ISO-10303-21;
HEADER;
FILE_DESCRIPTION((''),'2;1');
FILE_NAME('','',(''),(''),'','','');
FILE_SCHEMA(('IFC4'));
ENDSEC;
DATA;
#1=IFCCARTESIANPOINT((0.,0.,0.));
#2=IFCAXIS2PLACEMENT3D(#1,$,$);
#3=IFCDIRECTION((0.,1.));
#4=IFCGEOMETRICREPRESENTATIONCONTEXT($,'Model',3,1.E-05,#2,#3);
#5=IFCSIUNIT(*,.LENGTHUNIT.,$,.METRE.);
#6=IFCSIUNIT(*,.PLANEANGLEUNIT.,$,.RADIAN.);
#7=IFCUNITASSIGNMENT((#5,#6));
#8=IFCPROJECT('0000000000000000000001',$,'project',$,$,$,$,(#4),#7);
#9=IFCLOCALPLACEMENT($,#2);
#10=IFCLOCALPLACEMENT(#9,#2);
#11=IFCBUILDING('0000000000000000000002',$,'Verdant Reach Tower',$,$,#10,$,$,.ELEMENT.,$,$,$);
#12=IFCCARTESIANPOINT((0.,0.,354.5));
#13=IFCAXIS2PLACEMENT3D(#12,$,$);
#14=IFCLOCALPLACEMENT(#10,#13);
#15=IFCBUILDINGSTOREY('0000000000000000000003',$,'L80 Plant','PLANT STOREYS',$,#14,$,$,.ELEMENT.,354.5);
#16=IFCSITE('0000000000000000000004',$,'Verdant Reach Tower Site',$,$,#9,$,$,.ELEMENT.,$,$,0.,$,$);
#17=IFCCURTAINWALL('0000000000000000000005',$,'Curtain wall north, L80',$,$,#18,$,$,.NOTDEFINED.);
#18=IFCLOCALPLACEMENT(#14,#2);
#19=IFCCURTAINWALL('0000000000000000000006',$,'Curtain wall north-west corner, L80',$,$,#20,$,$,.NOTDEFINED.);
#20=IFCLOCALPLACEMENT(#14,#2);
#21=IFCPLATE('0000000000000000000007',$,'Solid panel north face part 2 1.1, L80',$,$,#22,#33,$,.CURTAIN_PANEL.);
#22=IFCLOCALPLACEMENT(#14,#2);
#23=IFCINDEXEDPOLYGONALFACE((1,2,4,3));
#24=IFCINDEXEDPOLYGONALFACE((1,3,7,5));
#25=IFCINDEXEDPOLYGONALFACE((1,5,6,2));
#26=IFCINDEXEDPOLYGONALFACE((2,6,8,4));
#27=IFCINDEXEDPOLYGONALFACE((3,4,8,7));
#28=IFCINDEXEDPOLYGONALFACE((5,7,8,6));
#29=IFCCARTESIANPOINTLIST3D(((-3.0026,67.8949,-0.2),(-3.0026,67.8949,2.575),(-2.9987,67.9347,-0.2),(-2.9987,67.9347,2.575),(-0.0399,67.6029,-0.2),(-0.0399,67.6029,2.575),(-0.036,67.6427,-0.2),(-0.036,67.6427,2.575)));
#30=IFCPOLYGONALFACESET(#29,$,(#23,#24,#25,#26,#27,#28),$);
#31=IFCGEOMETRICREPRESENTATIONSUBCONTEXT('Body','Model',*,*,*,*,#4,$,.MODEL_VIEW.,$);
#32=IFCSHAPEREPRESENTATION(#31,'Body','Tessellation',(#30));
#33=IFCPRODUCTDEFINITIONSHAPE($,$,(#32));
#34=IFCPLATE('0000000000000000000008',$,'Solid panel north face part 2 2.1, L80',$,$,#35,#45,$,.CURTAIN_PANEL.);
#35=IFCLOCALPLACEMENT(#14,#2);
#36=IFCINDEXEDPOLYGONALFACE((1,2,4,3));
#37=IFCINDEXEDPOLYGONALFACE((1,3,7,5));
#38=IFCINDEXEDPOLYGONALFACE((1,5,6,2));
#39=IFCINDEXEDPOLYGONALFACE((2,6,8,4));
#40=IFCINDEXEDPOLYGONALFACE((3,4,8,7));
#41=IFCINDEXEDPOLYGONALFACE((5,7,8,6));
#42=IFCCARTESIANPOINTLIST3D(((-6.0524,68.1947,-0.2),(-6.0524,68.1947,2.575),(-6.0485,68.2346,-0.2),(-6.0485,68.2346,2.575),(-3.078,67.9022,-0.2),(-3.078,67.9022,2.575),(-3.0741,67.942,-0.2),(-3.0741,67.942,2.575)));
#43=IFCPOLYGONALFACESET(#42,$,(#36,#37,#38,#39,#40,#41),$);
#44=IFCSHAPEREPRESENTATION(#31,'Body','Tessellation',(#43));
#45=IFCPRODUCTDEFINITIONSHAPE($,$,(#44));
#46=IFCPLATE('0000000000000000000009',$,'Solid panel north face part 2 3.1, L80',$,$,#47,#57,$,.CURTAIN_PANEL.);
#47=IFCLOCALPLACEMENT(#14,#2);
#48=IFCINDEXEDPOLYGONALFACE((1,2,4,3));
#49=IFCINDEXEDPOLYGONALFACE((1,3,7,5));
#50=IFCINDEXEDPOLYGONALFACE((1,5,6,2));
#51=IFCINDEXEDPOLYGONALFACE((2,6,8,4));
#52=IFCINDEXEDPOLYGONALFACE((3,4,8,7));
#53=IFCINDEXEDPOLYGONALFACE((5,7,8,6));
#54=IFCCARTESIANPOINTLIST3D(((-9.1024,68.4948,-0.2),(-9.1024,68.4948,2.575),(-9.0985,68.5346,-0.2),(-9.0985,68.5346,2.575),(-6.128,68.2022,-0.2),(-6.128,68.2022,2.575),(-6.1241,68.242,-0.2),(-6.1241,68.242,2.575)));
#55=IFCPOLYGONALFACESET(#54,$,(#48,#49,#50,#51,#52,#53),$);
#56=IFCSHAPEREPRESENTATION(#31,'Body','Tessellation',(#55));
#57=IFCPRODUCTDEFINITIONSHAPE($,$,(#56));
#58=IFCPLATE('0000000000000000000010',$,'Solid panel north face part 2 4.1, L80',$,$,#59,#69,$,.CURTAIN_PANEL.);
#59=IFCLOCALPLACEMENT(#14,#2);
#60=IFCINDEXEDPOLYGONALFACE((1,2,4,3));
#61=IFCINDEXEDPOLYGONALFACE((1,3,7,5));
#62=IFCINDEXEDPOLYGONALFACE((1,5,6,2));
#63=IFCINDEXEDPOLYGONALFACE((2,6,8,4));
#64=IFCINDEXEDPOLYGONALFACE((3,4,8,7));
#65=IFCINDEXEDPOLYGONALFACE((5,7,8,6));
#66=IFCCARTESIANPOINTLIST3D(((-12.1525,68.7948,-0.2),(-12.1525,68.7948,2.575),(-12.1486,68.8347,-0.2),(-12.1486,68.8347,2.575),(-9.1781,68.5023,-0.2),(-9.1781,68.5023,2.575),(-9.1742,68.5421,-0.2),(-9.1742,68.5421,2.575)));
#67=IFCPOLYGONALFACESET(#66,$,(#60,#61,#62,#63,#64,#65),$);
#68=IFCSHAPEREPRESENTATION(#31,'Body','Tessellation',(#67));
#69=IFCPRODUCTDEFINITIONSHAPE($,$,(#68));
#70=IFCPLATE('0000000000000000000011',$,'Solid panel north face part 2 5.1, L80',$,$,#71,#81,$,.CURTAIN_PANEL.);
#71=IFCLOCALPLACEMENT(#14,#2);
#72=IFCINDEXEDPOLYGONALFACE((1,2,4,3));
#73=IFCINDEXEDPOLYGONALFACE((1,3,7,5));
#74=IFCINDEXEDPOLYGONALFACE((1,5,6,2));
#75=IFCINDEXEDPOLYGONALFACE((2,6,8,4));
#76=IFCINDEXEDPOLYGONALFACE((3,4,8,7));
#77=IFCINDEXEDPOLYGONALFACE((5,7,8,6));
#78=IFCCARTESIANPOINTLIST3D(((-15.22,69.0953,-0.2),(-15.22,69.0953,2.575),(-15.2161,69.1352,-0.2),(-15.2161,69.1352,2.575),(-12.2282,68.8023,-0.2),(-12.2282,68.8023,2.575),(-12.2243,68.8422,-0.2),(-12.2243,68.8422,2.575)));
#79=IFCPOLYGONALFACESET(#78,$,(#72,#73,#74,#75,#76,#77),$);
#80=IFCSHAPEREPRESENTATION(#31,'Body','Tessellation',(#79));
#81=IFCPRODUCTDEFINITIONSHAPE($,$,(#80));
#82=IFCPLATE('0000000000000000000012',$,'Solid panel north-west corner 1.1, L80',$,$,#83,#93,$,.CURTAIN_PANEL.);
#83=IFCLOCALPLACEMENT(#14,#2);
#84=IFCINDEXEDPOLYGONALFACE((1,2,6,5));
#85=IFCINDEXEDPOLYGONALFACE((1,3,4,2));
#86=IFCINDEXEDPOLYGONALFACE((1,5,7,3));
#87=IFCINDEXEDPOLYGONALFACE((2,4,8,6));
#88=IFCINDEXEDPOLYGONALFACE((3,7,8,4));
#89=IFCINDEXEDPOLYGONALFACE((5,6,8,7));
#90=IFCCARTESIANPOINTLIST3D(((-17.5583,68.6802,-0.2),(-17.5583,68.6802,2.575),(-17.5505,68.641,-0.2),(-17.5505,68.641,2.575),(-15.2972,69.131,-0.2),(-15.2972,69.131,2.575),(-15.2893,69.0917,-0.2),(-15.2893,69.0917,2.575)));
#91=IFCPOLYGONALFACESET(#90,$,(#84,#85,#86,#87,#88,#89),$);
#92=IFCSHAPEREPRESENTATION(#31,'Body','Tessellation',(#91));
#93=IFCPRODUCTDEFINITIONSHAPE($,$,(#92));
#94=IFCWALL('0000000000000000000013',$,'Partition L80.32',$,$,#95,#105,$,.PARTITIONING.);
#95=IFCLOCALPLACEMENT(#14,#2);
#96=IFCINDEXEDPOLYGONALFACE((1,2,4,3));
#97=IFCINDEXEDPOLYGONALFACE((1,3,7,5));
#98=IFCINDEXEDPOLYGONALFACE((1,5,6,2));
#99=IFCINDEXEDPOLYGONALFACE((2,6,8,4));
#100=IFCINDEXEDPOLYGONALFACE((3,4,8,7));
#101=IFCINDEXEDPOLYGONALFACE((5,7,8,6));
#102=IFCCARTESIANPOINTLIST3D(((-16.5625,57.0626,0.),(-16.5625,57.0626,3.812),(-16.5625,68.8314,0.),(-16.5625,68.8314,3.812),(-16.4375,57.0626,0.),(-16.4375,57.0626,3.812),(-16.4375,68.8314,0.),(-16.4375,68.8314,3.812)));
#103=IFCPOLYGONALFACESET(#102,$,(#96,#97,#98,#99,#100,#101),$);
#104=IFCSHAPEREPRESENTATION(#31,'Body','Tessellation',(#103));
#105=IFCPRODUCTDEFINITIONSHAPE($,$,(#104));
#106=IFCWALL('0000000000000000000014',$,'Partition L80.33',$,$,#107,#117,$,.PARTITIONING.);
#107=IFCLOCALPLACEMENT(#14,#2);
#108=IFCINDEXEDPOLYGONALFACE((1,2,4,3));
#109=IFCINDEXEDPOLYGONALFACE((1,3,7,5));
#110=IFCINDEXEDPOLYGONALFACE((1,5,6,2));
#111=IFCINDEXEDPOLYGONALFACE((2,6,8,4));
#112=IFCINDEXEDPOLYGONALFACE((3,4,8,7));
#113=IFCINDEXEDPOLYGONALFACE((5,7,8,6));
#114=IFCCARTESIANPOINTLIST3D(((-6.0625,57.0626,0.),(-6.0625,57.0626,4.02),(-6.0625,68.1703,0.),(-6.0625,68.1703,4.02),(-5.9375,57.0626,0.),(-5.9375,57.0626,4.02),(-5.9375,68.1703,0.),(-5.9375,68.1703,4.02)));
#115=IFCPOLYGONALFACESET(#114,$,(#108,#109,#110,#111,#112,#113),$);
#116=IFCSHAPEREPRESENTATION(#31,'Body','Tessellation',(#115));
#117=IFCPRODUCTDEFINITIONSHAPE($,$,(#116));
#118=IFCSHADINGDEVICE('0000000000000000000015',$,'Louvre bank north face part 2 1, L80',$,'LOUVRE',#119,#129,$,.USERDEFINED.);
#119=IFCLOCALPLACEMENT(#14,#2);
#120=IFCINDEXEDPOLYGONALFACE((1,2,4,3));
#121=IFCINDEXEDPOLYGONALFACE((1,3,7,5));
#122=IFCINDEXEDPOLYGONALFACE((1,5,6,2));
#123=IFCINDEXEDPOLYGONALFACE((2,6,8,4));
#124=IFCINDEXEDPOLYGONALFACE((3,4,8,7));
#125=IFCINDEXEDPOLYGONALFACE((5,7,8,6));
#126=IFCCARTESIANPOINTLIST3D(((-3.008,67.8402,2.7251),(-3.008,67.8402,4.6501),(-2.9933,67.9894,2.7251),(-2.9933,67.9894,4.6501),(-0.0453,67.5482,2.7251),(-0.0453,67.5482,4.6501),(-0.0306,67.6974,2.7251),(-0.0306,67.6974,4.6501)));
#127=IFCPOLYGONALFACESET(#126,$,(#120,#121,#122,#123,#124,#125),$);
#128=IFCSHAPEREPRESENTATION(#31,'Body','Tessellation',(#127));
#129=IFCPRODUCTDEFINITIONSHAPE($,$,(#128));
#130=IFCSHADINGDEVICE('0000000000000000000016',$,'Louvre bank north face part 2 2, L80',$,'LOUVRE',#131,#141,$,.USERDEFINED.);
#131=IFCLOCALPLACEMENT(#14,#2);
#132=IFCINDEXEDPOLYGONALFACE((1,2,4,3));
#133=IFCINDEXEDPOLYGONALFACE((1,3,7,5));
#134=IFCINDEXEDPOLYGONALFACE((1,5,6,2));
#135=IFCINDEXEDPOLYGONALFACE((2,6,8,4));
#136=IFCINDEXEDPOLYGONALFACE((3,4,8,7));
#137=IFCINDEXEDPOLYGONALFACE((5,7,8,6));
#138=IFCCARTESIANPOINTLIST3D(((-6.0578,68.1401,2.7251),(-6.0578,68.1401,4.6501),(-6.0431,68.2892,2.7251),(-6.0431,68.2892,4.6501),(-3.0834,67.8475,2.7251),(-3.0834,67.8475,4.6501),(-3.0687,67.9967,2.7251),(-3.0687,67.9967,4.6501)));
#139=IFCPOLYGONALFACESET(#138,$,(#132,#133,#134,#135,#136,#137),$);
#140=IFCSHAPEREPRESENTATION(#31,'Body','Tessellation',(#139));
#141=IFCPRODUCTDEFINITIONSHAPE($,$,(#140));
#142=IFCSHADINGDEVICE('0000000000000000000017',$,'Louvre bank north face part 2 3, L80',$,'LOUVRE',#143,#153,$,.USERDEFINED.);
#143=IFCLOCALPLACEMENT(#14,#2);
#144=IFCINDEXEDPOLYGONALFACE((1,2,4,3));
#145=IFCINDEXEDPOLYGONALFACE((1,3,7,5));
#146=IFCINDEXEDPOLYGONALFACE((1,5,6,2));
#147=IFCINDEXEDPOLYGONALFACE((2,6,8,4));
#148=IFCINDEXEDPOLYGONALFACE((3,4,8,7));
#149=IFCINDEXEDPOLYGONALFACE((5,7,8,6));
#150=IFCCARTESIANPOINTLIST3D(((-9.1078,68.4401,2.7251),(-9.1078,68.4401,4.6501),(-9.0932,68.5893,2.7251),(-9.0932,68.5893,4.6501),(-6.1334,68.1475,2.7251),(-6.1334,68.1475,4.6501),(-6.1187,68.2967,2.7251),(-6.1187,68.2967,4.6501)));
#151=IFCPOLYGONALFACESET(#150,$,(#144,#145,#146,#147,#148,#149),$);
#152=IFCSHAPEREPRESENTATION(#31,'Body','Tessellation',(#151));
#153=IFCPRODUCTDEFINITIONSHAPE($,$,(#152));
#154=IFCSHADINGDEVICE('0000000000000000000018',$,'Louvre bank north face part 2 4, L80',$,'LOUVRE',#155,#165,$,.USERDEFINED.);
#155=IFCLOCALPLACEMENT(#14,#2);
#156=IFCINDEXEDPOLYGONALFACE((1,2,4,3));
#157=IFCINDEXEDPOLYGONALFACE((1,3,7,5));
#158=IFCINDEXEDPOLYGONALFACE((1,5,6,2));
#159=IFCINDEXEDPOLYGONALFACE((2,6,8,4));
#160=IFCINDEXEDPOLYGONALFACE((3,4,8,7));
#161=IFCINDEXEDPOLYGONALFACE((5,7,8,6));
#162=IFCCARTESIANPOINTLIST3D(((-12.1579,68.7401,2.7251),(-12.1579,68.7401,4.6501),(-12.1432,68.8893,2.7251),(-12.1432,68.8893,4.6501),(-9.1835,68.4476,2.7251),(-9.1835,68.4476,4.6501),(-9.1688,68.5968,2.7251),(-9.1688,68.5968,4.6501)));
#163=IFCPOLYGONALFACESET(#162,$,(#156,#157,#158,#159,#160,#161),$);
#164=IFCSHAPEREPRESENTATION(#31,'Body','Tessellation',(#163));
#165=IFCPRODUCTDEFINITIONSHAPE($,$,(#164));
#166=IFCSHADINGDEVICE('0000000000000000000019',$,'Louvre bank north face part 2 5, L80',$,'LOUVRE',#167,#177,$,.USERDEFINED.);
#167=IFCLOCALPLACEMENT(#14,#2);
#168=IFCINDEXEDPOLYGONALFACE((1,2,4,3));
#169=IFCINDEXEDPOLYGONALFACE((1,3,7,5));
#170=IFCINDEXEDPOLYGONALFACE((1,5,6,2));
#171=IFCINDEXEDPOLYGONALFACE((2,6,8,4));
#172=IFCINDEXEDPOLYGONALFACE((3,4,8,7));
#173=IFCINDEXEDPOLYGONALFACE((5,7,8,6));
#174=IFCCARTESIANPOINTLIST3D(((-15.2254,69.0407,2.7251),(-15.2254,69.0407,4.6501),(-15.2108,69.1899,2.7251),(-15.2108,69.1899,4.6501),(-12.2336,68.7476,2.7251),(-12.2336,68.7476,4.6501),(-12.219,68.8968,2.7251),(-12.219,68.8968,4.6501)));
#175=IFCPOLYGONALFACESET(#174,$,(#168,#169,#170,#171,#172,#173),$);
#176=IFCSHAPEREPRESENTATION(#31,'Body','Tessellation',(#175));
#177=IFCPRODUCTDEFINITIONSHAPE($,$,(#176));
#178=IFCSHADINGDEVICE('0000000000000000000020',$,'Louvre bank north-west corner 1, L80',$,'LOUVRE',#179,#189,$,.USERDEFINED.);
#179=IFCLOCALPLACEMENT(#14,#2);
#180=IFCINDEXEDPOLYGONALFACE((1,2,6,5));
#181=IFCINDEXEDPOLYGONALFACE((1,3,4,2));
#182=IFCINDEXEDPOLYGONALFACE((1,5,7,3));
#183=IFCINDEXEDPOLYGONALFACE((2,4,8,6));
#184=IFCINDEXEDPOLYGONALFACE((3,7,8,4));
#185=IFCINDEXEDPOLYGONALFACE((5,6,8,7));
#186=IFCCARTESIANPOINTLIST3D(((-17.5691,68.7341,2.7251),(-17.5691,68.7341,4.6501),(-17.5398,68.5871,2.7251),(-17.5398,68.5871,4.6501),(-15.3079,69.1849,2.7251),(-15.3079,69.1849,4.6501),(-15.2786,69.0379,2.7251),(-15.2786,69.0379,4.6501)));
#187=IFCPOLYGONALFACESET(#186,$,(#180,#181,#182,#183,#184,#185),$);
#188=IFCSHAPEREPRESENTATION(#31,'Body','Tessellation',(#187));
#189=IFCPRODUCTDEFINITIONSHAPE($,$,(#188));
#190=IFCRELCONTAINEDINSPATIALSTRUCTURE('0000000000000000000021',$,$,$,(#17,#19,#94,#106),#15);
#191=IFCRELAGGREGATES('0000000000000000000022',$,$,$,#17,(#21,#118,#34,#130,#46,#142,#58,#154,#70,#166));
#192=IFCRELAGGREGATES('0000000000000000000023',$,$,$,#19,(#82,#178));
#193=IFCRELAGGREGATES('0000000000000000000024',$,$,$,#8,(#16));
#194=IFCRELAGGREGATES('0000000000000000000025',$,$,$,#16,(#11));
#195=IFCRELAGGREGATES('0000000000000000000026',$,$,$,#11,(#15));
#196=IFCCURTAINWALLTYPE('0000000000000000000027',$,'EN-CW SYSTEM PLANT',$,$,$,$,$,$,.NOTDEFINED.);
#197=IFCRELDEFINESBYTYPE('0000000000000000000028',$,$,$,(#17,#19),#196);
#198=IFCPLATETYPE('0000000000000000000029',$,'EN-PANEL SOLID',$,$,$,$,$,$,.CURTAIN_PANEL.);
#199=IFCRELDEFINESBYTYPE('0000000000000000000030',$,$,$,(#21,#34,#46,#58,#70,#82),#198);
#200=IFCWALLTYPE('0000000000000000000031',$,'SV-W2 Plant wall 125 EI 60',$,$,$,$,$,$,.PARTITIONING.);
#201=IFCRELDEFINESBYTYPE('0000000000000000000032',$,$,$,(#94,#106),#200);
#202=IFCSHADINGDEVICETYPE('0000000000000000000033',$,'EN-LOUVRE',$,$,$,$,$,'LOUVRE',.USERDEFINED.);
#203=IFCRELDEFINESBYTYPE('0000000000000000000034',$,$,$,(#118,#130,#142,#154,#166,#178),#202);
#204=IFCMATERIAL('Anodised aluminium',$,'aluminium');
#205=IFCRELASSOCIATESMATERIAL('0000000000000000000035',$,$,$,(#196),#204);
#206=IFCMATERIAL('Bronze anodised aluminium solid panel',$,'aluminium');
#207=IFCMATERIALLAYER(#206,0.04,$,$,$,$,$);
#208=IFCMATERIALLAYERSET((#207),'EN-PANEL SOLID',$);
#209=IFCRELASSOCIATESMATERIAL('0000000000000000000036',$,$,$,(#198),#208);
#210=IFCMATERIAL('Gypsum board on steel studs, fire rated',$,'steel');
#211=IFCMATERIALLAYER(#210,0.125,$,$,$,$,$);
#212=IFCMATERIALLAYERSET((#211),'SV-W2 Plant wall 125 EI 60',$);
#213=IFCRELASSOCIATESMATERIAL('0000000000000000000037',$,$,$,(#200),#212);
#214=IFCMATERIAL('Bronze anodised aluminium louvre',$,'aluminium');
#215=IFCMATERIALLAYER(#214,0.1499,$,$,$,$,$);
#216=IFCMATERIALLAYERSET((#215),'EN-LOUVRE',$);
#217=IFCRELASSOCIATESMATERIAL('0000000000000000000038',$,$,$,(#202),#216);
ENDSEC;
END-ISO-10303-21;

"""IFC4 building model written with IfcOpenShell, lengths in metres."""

from ifc_helpers import new_model, si_unit, direction, frame, frame_2d, origin, origin_2d, place, context, subcontext, project, spatial, rectangle, extrude, material, layer, layer_set, type_object, element, aggregate, save


model = new_model("IFC4")

# Units and contexts
model_context = context("Model", 3, precision=1e-05, world=origin(), true_north=direction((0.0, 1.0)))
body_context = subcontext(model_context, "Body", "Model", "MODEL_VIEW")
ifc_project = project(units=[si_unit("LENGTHUNIT", "METRE"), si_unit("PLANEANGLEUNIT", "RADIAN")], contexts=[model_context])

# Site, building, storey
site_placement = place(None, origin())
site = spatial("IfcSite", under=ifc_project, at=site_placement, Name="Verdant Reach Tower Site", CompositionType="ELEMENT", RefElevation=0.0)
building_placement = place(site_placement, origin())
building = spatial("IfcBuilding", under=site, at=building_placement, Name="Verdant Reach Tower", CompositionType="ELEMENT")
storey_placement = place(building_placement, frame((0.0, 0.0, 354.5)))
storey = spatial("IfcBuildingStorey", under=building, at=storey_placement, Name="L80 Plant", Description="PLANT STOREYS", CompositionType="ELEMENT", Elevation=354.5)

# Curtain wall
ifc_material_1 = material(Name="Anodised aluminium", Category="aluminium")
curtain_wall_type = type_object("IfcCurtainWallType", Name="EN-CW SYSTEM PLANT", PredefinedType="NOTDEFINED", material=ifc_material_1)
curtain_wall_1_placement = place(storey_placement, origin())
curtain_wall_1 = element("IfcCurtainWall", 1, at=curtain_wall_1_placement, inside=storey, type_object=curtain_wall_type, Name="Curtain wall north, L80", PredefinedType="NOTDEFINED")

# Curtain wall
curtain_wall_2_placement = place(storey_placement, origin())
curtain_wall_2 = element("IfcCurtainWall", 2, at=curtain_wall_2_placement, inside=storey, type_object=curtain_wall_type, Name="Curtain wall north-west corner, L80", PredefinedType="NOTDEFINED")

# Plates
ifc_material_2 = material(Name="Bronze anodised aluminium solid panel", Category="aluminium")
ifc_layer_1 = layer(ifc_material_2, 0.04)
ifc_layer_set_1 = layer_set([ifc_layer_1], Name="EN-PANEL SOLID")
plate_type = type_object("IfcPlateType", Name="EN-PANEL SOLID", PredefinedType="CURTAIN_PANEL", material=ifc_layer_set_1)
plate_1_placement = place(storey_placement, frame((-1.5193, 67.7688, -0.2), z_axis=(0.0, 0.0, 1.0), x_axis=(-0.995179, 0.098075, 0.0)))
plate_1 = element("IfcPlate", 3, at=plate_1_placement, type_object=plate_type, Name="Solid panel north face part 2 1.1, L80", PredefinedType="CURTAIN_PANEL", context=body_context, shape_type="SweptSolid", body=[
    extrude(rectangle(XDim=2.9771, YDim=0.04, at=origin_2d()), origin(), (0.0, 0.0, 1.0), 2.7749),
])
plate_2_placement = place(storey_placement, frame((-4.5632, 68.0684, -0.2), z_axis=(0.0, 0.0, 1.0), x_axis=(-0.995197, 0.097888, 0.0)))
plate_2 = element("IfcPlate", 4, at=plate_2_placement, type_object=plate_type, Name="Solid panel north face part 2 2.1, L80", PredefinedType="CURTAIN_PANEL", context=body_context, shape_type="SweptSolid", body=[
    extrude(rectangle(XDim=2.9888, YDim=0.04, at=origin_2d()), origin(), (0.0, 0.0, 1.0), 2.7749),
])
plate_3_placement = place(storey_placement, frame((-7.6133, 68.3684, -0.2), z_axis=(0.0, 0.0, 1.0), x_axis=(-0.995197, 0.097888, 0.0)))
plate_3 = element("IfcPlate", 5, at=plate_3_placement, type_object=plate_type, Name="Solid panel north face part 2 3.1, L80", PredefinedType="CURTAIN_PANEL", context=body_context, shape_type="SweptSolid", body=[
    extrude(rectangle(XDim=2.9888, YDim=0.04, at=origin_2d()), origin(), (0.0, 0.0, 1.0), 2.7749),
])
plate_4_placement = place(storey_placement, frame((-10.6633, 68.6685, -0.2), z_axis=(0.0, 0.0, 1.0), x_axis=(-0.995197, 0.097888, 0.0)))
plate_4 = element("IfcPlate", 6, at=plate_4_placement, type_object=plate_type, Name="Solid panel north face part 2 4.1, L80", PredefinedType="CURTAIN_PANEL", context=body_context, shape_type="SweptSolid", body=[
    extrude(rectangle(XDim=2.9888, YDim=0.04, at=origin_2d()), origin(), (0.0, 0.0, 1.0), 2.7749),
])
plate_5_placement = place(storey_placement, frame((-13.7222, 68.9688, -0.2), z_axis=(0.0, 0.0, 1.0), x_axis=(-0.995238, 0.097473, 0.0)))
plate_5 = element("IfcPlate", 7, at=plate_5_placement, type_object=plate_type, Name="Solid panel north face part 2 5.1, L80", PredefinedType="CURTAIN_PANEL", context=body_context, shape_type="SweptSolid", body=[
    extrude(rectangle(XDim=3.0061, YDim=0.04, at=origin_2d()), origin(), (0.0, 0.0, 1.0), 2.7749),
])
plate_6_placement = place(storey_placement, frame((-16.4238, 68.886, -0.2), z_axis=(0.0, 0.0, 1.0), x_axis=(-0.980705, -0.195493, 0.0)))
plate_6 = element("IfcPlate", 8, at=plate_6_placement, type_object=plate_type, Name="Solid panel north-west corner 1.1, L80", PredefinedType="CURTAIN_PANEL", context=body_context, shape_type="SweptSolid", body=[
    extrude(rectangle(XDim=2.3057, YDim=0.04, at=origin_2d()), origin(), (0.0, 0.0, 1.0), 2.7749),
])

# Walls
ifc_material_3 = material(Name="Gypsum board on steel studs, fire rated", Category="steel")
ifc_layer_2 = layer(ifc_material_3, 0.125)
ifc_layer_set_2 = layer_set([ifc_layer_2], Name="SV-W2 Plant wall 125 EI 60")
wall_type = type_object("IfcWallType", Name="SV-W2 Plant wall 125 EI 60", PredefinedType="PARTITIONING", material=ifc_layer_set_2)
wall_1_placement = place(storey_placement, frame((-16.5, 68.8313, 0.0), z_axis=(0.0, 0.0, 1.0), x_axis=(0.0, -1.0, 0.0)))
element("IfcWall", 9, at=wall_1_placement, inside=storey, type_object=wall_type, Name="Partition L80.32", PredefinedType="PARTITIONING", context=body_context, shape_type="SweptSolid", body=[
    extrude(rectangle(XDim=11.7688, YDim=0.125, at=frame_2d((5.8843, 0.0))), origin(), (0.0, 0.0, 1.0), 3.812),
])
wall_2_placement = place(storey_placement, frame((-6.0, 68.1702, 0.0), z_axis=(0.0, 0.0, 1.0), x_axis=(0.0, -1.0, 0.0)))
element("IfcWall", 10, at=wall_2_placement, inside=storey, type_object=wall_type, Name="Partition L80.33", PredefinedType="PARTITIONING", context=body_context, shape_type="SweptSolid", body=[
    extrude(rectangle(XDim=11.1077, YDim=0.125, at=frame_2d((5.5537, 0.0))), origin(), (0.0, 0.0, 1.0), 4.02),
])

# Shading devices
ifc_material_4 = material(Name="Bronze anodised aluminium louvre", Category="aluminium")
ifc_layer_3 = layer(ifc_material_4, 0.1499)
ifc_layer_set_3 = layer_set([ifc_layer_3], Name="EN-LOUVRE")
shading_device_type = type_object("IfcShadingDeviceType", Name="EN-LOUVRE", ElementType="LOUVRE", PredefinedType="USERDEFINED", material=ifc_layer_set_3)
shading_device_1_placement = place(storey_placement, frame((-1.5193, 67.7688, 2.7251), z_axis=(0.0, 0.0, 1.0), x_axis=(-0.995179, 0.098075, 0.0)))
shading_device_1 = element("IfcShadingDevice", 11, at=shading_device_1_placement, type_object=shading_device_type, Name="Louvre bank north face part 2 1, L80", ObjectType="LOUVRE", PredefinedType="USERDEFINED", context=body_context, shape_type="SweptSolid", body=[
    extrude(rectangle(XDim=2.9771, YDim=0.1499, at=origin_2d()), origin(), (0.0, 0.0, 1.0), 1.925),
])
shading_device_2_placement = place(storey_placement, frame((-4.5632, 68.0684, 2.7251), z_axis=(0.0, 0.0, 1.0), x_axis=(-0.995197, 0.097888, 0.0)))
shading_device_2 = element("IfcShadingDevice", 12, at=shading_device_2_placement, type_object=shading_device_type, Name="Louvre bank north face part 2 2, L80", ObjectType="LOUVRE", PredefinedType="USERDEFINED", context=body_context, shape_type="SweptSolid", body=[
    extrude(rectangle(XDim=2.9888, YDim=0.1499, at=origin_2d()), origin(), (0.0, 0.0, 1.0), 1.925),
])
shading_device_3_placement = place(storey_placement, frame((-7.6133, 68.3684, 2.7251), z_axis=(0.0, 0.0, 1.0), x_axis=(-0.995197, 0.097888, 0.0)))
shading_device_3 = element("IfcShadingDevice", 13, at=shading_device_3_placement, type_object=shading_device_type, Name="Louvre bank north face part 2 3, L80", ObjectType="LOUVRE", PredefinedType="USERDEFINED", context=body_context, shape_type="SweptSolid", body=[
    extrude(rectangle(XDim=2.9888, YDim=0.1499, at=origin_2d()), origin(), (0.0, 0.0, 1.0), 1.925),
])
shading_device_4_placement = place(storey_placement, frame((-10.6633, 68.6685, 2.7251), z_axis=(0.0, 0.0, 1.0), x_axis=(-0.995197, 0.097888, 0.0)))
shading_device_4 = element("IfcShadingDevice", 14, at=shading_device_4_placement, type_object=shading_device_type, Name="Louvre bank north face part 2 4, L80", ObjectType="LOUVRE", PredefinedType="USERDEFINED", context=body_context, shape_type="SweptSolid", body=[
    extrude(rectangle(XDim=2.9888, YDim=0.1499, at=origin_2d()), origin(), (0.0, 0.0, 1.0), 1.925),
])
shading_device_5_placement = place(storey_placement, frame((-13.7222, 68.9688, 2.7251), z_axis=(0.0, 0.0, 1.0), x_axis=(-0.995238, 0.097473, 0.0)))
shading_device_5 = element("IfcShadingDevice", 15, at=shading_device_5_placement, type_object=shading_device_type, Name="Louvre bank north face part 2 5, L80", ObjectType="LOUVRE", PredefinedType="USERDEFINED", context=body_context, shape_type="SweptSolid", body=[
    extrude(rectangle(XDim=3.0061, YDim=0.1499, at=origin_2d()), origin(), (0.0, 0.0, 1.0), 1.925),
])
aggregate(curtain_wall_1, [plate_1, shading_device_1, plate_2, shading_device_2, plate_3, shading_device_3, plate_4, shading_device_4, plate_5, shading_device_5])
shading_device_6_placement = place(storey_placement, frame((-16.4238, 68.886, 2.7251), z_axis=(0.0, 0.0, 1.0), x_axis=(-0.980705, -0.195493, 0.0)))
shading_device_6 = element("IfcShadingDevice", 16, at=shading_device_6_placement, type_object=shading_device_type, Name="Louvre bank north-west corner 1, L80", ObjectType="LOUVRE", PredefinedType="USERDEFINED", context=body_context, shape_type="SweptSolid", body=[
    extrude(rectangle(XDim=2.3057, YDim=0.1499, at=origin_2d()), origin(), (0.0, 0.0, 1.0), 1.925),
])
aggregate(curtain_wall_2, [plate_6, shading_device_6])

save(model, "model.ifc")
